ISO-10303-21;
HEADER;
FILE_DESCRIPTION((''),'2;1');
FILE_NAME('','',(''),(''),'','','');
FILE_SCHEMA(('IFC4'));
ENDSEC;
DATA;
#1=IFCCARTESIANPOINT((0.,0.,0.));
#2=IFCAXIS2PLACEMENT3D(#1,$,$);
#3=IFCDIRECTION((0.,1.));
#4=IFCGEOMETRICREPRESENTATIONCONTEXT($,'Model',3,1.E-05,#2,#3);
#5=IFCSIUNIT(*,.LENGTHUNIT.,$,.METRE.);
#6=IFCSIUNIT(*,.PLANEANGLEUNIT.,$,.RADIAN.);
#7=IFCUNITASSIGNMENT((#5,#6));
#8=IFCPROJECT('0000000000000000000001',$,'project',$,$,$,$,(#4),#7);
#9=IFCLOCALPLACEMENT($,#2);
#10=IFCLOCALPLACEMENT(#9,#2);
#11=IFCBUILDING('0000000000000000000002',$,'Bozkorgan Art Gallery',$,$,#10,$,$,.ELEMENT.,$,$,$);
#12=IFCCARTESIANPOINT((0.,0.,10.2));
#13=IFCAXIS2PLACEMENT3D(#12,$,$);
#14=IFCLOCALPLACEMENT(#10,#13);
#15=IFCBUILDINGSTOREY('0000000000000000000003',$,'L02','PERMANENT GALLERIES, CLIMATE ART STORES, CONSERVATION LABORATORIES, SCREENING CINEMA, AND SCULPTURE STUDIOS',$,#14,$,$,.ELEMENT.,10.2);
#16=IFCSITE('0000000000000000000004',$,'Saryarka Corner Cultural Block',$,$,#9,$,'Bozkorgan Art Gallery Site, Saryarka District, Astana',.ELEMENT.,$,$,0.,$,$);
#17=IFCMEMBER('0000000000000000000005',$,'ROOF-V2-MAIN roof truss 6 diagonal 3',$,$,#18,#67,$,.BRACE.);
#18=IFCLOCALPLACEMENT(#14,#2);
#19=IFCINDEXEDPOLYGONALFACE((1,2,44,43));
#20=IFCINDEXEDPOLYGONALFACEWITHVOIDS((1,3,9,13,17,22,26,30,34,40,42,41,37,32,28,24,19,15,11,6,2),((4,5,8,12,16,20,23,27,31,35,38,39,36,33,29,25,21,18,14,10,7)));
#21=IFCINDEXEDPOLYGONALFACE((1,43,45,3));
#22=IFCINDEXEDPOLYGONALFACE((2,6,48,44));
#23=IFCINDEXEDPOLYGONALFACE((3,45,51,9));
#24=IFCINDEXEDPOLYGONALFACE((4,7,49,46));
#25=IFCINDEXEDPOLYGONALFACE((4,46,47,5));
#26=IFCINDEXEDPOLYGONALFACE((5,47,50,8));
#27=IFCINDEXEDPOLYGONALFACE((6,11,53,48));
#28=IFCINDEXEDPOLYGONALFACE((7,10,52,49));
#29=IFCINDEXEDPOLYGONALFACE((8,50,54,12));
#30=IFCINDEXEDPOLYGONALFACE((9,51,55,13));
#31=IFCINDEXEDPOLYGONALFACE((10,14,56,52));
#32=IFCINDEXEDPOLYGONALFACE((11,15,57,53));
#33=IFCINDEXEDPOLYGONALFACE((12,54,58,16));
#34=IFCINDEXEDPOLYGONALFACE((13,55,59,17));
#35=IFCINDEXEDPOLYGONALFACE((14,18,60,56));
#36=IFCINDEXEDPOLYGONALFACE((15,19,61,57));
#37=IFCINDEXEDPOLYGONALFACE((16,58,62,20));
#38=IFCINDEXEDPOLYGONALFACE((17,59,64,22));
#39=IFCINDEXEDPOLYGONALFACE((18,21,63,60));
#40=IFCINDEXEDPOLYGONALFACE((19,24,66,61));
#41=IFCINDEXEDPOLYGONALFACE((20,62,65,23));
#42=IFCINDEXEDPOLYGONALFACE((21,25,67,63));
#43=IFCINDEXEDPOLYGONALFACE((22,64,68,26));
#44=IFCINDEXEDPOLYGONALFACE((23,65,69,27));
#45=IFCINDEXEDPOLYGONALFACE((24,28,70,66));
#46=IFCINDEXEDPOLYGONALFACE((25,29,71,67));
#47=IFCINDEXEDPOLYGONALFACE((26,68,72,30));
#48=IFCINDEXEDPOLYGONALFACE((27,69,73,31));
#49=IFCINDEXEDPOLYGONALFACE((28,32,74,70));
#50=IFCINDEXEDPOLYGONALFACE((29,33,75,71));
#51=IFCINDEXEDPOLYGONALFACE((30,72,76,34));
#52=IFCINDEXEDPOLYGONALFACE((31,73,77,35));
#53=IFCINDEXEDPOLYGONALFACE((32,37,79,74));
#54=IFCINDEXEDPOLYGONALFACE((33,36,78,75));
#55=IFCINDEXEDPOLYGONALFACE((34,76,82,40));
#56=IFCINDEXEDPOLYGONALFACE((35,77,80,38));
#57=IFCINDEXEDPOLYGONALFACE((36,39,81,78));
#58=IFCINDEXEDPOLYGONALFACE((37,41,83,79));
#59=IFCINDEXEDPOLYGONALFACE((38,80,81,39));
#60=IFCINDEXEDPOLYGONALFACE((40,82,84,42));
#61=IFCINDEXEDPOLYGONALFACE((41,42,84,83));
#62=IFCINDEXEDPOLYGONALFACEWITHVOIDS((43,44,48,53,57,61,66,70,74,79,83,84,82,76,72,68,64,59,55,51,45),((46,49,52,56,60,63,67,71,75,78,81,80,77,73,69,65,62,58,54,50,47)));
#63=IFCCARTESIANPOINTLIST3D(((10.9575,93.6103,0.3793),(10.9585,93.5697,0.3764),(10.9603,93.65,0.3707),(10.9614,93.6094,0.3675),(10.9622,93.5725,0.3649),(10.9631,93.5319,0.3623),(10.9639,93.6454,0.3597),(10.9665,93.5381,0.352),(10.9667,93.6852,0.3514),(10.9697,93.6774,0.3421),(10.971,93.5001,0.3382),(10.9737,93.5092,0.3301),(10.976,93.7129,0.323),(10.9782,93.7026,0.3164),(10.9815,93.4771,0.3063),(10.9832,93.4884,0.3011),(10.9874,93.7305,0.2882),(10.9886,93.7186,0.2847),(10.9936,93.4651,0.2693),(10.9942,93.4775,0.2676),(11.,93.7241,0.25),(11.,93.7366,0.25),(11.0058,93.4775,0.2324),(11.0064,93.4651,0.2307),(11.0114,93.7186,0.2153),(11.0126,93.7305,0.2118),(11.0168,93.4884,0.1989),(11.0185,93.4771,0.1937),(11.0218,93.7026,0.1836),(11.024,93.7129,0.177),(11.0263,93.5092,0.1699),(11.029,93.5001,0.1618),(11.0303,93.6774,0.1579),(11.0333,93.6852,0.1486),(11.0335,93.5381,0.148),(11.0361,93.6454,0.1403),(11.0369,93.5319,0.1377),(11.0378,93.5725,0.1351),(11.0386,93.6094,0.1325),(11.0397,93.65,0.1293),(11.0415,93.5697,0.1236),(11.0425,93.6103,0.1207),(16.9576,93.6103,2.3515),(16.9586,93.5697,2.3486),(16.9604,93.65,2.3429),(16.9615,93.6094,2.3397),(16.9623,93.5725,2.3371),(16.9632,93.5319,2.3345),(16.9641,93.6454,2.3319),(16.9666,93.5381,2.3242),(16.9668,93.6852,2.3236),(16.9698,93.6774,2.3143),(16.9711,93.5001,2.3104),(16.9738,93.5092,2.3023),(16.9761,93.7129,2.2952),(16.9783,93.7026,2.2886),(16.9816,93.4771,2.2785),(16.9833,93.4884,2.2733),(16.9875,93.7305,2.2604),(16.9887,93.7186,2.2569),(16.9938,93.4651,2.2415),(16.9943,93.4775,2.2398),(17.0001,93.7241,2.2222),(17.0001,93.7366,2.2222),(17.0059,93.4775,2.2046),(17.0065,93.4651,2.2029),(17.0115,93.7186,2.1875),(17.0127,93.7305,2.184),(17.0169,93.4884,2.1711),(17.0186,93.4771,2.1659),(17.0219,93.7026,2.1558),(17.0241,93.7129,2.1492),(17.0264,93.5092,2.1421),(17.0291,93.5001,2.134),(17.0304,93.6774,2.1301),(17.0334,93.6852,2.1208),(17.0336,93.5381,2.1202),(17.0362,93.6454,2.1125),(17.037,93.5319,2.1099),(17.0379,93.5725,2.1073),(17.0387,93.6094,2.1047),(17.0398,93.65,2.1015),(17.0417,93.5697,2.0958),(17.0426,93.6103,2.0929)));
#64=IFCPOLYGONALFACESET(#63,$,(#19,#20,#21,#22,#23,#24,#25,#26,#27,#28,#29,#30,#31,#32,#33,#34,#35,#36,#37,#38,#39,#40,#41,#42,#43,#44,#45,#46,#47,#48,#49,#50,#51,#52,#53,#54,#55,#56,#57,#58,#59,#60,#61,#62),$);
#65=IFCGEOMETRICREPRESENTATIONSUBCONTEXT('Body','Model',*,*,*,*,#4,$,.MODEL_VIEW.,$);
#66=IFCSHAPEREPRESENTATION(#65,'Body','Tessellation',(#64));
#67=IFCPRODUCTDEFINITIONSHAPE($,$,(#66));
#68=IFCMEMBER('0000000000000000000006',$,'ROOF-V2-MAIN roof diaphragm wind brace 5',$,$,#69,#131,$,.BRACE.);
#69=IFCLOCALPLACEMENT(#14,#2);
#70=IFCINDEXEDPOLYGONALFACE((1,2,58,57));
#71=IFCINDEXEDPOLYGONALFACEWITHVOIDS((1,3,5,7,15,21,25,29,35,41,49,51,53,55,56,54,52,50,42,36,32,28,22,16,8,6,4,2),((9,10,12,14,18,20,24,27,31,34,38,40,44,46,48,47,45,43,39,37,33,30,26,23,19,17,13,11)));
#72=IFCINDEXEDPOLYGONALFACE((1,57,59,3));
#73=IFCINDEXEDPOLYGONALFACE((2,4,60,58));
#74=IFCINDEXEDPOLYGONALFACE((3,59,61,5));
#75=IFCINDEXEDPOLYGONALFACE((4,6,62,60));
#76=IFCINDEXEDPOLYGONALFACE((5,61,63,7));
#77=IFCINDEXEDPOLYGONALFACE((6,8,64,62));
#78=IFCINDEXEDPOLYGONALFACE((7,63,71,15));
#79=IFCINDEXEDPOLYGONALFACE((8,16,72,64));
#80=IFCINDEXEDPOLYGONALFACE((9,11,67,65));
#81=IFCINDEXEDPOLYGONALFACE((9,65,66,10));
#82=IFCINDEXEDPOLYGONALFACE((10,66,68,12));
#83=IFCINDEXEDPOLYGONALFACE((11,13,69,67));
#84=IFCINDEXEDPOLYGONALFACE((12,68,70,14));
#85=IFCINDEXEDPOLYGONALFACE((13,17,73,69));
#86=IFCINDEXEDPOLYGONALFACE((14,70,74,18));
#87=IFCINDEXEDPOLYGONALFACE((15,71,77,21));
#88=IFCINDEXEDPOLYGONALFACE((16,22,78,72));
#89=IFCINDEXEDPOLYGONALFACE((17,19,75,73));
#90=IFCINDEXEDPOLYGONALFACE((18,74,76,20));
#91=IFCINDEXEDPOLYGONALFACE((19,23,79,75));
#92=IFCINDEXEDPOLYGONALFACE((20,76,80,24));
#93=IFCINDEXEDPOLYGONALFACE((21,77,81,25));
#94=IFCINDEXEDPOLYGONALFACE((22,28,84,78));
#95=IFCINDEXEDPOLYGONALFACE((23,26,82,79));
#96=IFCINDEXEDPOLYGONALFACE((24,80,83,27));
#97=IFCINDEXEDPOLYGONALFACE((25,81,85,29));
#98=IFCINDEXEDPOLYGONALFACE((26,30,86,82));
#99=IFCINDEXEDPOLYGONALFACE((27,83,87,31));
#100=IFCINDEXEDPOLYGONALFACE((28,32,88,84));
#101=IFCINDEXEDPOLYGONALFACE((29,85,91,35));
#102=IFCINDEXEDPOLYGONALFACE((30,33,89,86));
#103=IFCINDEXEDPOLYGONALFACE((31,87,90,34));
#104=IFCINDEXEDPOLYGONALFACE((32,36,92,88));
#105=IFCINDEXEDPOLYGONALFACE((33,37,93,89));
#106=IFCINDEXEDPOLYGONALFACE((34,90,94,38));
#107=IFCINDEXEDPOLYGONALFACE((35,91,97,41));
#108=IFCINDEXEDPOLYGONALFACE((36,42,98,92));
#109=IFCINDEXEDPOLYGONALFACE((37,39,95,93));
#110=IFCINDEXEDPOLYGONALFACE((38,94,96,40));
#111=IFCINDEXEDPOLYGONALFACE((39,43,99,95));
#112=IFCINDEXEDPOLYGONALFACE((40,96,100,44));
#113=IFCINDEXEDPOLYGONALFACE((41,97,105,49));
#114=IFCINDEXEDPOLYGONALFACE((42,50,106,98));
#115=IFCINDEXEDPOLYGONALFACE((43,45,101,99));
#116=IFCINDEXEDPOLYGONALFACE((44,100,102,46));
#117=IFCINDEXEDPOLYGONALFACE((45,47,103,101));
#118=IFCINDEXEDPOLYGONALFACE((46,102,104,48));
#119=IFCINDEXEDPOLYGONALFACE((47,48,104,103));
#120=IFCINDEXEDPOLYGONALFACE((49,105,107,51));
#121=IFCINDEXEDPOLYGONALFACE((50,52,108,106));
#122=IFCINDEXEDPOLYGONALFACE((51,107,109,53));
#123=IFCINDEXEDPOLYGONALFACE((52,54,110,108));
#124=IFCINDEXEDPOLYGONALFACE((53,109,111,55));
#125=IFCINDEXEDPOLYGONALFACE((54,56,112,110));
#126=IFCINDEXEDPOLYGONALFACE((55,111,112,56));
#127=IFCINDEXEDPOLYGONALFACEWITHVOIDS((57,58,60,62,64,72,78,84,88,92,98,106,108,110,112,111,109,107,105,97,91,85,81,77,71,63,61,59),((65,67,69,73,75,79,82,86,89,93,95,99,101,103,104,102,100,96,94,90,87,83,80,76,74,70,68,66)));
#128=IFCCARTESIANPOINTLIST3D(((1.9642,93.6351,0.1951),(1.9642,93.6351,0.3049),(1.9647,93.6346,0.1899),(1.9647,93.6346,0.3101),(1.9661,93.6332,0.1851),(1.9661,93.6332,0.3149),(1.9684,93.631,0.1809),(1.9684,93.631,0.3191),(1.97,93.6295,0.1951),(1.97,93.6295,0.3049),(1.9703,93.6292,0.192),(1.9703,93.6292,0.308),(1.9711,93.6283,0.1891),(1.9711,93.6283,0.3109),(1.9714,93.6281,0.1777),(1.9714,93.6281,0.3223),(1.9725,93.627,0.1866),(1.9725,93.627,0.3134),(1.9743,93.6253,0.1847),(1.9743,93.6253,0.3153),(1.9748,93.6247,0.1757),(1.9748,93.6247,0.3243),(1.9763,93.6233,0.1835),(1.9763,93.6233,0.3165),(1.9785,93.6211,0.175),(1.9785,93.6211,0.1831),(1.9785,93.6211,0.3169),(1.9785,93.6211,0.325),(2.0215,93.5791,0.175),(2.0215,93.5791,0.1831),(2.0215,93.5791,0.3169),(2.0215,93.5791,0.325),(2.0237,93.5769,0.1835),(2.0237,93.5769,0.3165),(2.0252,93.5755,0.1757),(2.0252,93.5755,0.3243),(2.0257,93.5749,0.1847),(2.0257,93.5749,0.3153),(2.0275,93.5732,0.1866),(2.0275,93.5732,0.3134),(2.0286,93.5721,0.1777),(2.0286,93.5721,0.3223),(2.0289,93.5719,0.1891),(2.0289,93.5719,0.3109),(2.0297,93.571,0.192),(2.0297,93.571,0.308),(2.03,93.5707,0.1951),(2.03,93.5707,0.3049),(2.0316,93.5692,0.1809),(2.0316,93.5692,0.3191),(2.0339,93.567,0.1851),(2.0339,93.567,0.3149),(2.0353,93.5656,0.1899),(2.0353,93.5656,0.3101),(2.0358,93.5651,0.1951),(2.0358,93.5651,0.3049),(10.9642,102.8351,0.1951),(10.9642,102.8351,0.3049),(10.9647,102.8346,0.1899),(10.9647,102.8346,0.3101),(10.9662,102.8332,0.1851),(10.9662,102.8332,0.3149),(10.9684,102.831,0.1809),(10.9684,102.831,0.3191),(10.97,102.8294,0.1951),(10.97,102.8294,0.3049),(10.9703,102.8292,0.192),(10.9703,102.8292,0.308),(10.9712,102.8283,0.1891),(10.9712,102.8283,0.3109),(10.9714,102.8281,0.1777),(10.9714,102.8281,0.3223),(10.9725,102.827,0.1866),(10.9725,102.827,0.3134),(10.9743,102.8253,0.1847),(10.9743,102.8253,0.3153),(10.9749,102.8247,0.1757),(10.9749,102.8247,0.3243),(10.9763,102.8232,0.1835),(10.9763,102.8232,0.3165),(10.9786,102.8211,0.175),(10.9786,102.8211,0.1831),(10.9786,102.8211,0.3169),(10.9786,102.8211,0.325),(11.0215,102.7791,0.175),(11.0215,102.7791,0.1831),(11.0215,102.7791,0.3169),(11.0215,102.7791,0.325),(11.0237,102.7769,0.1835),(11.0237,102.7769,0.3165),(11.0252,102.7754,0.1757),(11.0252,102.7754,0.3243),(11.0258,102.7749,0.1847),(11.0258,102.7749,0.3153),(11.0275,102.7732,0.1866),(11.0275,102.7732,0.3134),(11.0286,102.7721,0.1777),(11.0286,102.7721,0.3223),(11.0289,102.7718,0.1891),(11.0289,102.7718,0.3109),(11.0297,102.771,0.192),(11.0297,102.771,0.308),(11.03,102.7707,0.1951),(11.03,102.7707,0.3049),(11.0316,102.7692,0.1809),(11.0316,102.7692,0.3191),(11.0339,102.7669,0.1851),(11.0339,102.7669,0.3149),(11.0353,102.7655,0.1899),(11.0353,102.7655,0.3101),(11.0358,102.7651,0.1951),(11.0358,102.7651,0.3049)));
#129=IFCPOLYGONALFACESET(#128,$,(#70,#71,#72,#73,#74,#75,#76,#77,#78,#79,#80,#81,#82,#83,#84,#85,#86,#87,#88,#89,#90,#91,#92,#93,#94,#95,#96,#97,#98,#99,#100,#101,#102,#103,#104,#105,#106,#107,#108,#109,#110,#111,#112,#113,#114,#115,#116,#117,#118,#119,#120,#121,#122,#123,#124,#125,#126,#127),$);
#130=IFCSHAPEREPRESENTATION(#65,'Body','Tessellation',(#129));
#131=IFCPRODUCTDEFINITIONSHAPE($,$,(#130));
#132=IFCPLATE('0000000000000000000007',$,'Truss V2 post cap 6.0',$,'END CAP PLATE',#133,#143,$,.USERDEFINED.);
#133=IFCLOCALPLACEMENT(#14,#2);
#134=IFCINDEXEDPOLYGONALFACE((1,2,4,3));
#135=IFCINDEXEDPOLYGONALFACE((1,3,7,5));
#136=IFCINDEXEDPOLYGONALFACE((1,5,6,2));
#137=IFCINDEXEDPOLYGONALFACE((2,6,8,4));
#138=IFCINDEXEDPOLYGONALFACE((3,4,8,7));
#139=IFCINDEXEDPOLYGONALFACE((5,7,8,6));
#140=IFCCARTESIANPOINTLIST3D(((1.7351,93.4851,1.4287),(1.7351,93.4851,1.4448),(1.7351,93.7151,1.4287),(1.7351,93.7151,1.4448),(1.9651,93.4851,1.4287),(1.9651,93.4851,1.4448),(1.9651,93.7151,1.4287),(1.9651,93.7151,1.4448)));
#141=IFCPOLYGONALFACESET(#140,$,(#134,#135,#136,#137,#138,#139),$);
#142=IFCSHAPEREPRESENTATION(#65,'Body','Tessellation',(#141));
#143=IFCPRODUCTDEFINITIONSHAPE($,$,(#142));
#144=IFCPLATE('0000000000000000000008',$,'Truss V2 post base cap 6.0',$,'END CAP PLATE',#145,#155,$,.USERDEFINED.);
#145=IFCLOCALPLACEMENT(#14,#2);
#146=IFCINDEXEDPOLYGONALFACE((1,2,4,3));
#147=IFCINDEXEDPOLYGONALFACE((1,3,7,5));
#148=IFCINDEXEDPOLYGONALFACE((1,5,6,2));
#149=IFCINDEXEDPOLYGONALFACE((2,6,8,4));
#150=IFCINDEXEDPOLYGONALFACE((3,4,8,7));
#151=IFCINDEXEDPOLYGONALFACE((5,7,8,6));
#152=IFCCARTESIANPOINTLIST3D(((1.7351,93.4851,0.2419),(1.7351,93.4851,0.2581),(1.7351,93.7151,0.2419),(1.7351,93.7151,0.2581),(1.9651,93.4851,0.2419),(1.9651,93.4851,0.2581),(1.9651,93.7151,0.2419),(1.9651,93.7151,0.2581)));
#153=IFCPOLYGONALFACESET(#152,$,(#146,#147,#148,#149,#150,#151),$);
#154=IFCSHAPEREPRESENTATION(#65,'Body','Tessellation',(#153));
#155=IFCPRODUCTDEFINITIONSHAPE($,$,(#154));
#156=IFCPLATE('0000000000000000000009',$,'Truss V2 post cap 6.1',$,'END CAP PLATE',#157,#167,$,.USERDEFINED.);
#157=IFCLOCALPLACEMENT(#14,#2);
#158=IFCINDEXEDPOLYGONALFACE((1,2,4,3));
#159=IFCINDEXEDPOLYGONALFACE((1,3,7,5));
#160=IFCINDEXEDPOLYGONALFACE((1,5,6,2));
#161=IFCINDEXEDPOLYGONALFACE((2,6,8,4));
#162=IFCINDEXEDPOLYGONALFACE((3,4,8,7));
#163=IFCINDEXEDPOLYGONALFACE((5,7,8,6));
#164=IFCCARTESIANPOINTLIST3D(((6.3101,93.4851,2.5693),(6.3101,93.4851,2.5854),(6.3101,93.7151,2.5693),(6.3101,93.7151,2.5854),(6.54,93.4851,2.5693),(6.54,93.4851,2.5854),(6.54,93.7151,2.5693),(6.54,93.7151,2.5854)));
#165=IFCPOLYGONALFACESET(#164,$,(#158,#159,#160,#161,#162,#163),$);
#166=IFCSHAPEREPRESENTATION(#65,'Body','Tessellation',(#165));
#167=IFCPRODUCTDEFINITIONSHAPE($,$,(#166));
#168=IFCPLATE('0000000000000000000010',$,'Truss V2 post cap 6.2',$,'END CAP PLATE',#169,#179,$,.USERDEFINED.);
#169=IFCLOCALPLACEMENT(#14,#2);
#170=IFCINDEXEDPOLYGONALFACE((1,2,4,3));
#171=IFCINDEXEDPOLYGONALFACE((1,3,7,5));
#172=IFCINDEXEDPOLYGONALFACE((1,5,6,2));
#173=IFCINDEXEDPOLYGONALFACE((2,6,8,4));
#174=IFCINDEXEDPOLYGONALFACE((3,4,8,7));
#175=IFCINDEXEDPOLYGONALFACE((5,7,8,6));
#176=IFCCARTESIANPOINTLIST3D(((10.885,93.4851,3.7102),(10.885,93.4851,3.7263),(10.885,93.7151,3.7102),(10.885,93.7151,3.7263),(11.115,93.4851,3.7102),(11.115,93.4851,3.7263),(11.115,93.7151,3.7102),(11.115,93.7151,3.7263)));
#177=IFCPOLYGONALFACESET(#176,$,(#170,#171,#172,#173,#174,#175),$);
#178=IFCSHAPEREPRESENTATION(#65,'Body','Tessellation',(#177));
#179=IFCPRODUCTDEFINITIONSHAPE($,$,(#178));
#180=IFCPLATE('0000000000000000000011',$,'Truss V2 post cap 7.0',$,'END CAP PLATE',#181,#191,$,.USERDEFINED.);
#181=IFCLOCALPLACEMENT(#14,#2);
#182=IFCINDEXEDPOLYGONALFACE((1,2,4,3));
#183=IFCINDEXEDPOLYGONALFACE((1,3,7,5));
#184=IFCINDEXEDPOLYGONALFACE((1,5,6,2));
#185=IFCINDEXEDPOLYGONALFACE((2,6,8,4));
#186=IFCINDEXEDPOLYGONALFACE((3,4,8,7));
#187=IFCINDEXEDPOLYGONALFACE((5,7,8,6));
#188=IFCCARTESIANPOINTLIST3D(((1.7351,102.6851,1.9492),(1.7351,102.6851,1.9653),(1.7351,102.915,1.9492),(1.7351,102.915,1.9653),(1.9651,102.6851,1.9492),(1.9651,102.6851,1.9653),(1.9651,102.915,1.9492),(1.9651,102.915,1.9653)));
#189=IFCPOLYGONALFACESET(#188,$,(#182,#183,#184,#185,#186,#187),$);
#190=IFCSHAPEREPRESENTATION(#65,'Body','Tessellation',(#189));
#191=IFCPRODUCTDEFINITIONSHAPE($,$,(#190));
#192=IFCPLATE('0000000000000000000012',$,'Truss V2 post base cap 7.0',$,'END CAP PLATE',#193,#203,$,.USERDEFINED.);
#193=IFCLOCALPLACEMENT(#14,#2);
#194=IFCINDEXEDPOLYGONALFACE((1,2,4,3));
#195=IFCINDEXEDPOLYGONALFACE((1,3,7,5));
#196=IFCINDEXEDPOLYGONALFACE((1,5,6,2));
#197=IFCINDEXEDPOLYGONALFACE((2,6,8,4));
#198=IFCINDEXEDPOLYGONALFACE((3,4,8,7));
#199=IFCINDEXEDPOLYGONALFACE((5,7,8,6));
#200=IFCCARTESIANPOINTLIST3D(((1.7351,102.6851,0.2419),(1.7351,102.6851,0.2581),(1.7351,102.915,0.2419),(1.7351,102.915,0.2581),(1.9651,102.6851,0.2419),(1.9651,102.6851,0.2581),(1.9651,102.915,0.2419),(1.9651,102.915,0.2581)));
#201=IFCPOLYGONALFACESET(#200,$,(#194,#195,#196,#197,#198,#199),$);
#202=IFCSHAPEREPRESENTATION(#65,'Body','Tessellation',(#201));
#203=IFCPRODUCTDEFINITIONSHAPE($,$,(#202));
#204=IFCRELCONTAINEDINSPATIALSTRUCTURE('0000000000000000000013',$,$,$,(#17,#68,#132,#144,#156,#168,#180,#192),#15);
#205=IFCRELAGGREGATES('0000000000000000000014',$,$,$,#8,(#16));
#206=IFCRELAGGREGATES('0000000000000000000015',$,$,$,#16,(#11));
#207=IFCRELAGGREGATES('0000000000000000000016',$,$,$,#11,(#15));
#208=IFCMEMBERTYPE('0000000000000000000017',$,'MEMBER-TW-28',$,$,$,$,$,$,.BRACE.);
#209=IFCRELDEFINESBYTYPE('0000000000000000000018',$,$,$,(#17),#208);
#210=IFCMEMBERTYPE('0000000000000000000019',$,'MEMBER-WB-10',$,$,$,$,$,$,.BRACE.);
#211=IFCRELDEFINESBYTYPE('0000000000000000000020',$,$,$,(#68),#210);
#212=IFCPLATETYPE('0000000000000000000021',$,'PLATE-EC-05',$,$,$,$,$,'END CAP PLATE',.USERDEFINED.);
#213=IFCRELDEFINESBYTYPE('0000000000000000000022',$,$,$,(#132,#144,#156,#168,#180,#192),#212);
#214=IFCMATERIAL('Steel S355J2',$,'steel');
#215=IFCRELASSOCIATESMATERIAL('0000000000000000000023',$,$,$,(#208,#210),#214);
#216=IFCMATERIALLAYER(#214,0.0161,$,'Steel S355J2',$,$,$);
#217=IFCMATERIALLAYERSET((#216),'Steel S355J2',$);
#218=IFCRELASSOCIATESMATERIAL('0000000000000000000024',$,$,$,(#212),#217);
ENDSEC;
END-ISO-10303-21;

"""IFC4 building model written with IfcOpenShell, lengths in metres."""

from ifc_helpers import new_model, si_unit, direction, frame, origin, origin_2d, place, context, subcontext, project, spatial, rectangle, hollow_rectangle, hollow_circle, extrude, material, layer, layer_set, material_profile, profile_set, type_object, element, save


model = new_model("IFC4")

# Units and contexts
model_context = context("Model", 3, precision=1e-05, world=origin(), true_north=direction((0.0, 1.0)))
body_context = subcontext(model_context, "Body", "Model", "MODEL_VIEW")
ifc_project = project(units=[si_unit("LENGTHUNIT", "METRE"), si_unit("PLANEANGLEUNIT", "RADIAN")], contexts=[model_context])

# Site, building, storey
site_placement = place(None, origin())
site = spatial("IfcSite", under=ifc_project, at=site_placement, Name="Saryarka Corner Cultural Block", LongName="Bozkorgan Art Gallery Site, Saryarka District, Astana", CompositionType="ELEMENT", RefElevation=0.0)
building_placement = place(site_placement, origin())
building = spatial("IfcBuilding", under=site, at=building_placement, Name="Bozkorgan Art Gallery", CompositionType="ELEMENT")
storey_placement = place(building_placement, frame((0.0, 0.0, 10.2)))
storey = spatial("IfcBuildingStorey", under=building, at=storey_placement, Name="L02", Description="PERMANENT GALLERIES, CLIMATE ART STORES, CONSERVATION LABORATORIES, SCREENING CINEMA, AND SCULPTURE STUDIOS", CompositionType="ELEMENT", Elevation=10.2)

# Shared definitions
ifc_material_1 = material(Name="Steel S355J2", Category="steel")

# Members
ifc_material_profile_1 = material_profile(ifc_material_1, hollow_circle(Radius=0.1365, WallThickness=0.0125, at=origin_2d()), Name="CHS 273x12.5")
ifc_profile_set_1 = profile_set([ifc_material_profile_1], Name="Steel S355J2")
member_type_1 = type_object("IfcMemberType", Name="MEMBER-TW-28", PredefinedType="BRACE", material=ifc_profile_set_1)
member_1_placement = place(storey_placement, frame((11.0, 93.6001, 0.25), z_axis=(0.949997, 0.0, 0.312259), x_axis=(0.0, 1.0, 0.0)))
element("IfcMember", 1, at=member_1_placement, inside=storey, type_object=member_type_1, Name="ROOF-V2-MAIN roof truss 6 diagonal 3", PredefinedType="BRACE", context=body_context, shape_type="SweptSolid", body=[
    extrude(hollow_circle(Radius=0.1365, WallThickness=0.0125, at=origin_2d()), origin(), (0.0, 0.0, 1.0), 6.3159),
])
ifc_material_profile_2 = material_profile(ifc_material_1, hollow_rectangle(XDim=0.1001, YDim=0.1499, WallThickness=0.0081, InnerFilletRadius=0.012, OuterFilletRadius=0.02, at=origin_2d()), Name="RHS 150x100x8")
ifc_profile_set_2 = profile_set([ifc_material_profile_2], Name="Steel S355J2")
member_type_2 = type_object("IfcMemberType", Name="MEMBER-WB-10", PredefinedType="BRACE", material=ifc_profile_set_2)
member_2_placement = place(storey_placement, frame((2.0, 93.6001, 0.25), z_axis=(0.699296, 0.714832, 0.0), x_axis=(-0.714832, 0.699296, 0.0)))
element("IfcMember", 2, at=member_2_placement, inside=storey, type_object=member_type_2, Name="ROOF-V2-MAIN roof diaphragm wind brace 5", PredefinedType="BRACE", context=body_context, shape_type="SweptSolid", body=[
    extrude(hollow_rectangle(XDim=0.1001, YDim=0.1499, WallThickness=0.0081, InnerFilletRadius=0.012, OuterFilletRadius=0.02, at=origin_2d()), origin(), (0.0, 0.0, 1.0), 12.8701),
])

# Plates
ifc_layer_1 = layer(ifc_material_1, 0.0161, Name="Steel S355J2")
ifc_layer_set_1 = layer_set([ifc_layer_1], Name="Steel S355J2")
plate_type_1 = type_object("IfcPlateType", Name="PLATE-EC-05", ElementType="END CAP PLATE", PredefinedType="USERDEFINED", material=ifc_layer_set_1)
for number, where, z_axis, x_axis, name in (
    (3, (1.8501, 93.6001, 1.4287), (0.0, 0.0, 1.0), (1.0, 0.0, 0.0), "Truss V2 post cap 6.0"),
    (4, (1.8501, 93.6001, 0.2419), (0.0, 0.0, 1.0), (1.0, 0.0, 0.0), "Truss V2 post base cap 6.0"),
    (5, (6.425, 93.6001, 2.5693), (0.0, 0.0, 1.0), (1.0, 0.0, 0.0), "Truss V2 post cap 6.1"),
    (6, (11.0, 93.6001, 3.7102), (0.0, 0.0, 1.0), (1.0, 0.0, 0.0), "Truss V2 post cap 6.2"),
    (7, (1.8501, 102.8, 1.9492), (0.0, 0.0, 1.0), (1.0, 0.0, 0.0), "Truss V2 post cap 7.0"),
    (8, (1.8501, 102.8, 0.2419), (0.0, 0.0, 1.0), (1.0, 0.0, 0.0), "Truss V2 post base cap 7.0"),
):
    element("IfcPlate", number, at=place(storey_placement, frame(where, z_axis=z_axis, x_axis=x_axis)), inside=storey, type_object=plate_type_1, Name=name, ObjectType="END CAP PLATE", PredefinedType="USERDEFINED", context=body_context, shape_type="SweptSolid", body=[
        extrude(rectangle(XDim=0.23, YDim=0.23, at=origin_2d()), origin(), (0.0, 0.0, 1.0), 0.0161),
    ])

save(model, "model.ifc")
